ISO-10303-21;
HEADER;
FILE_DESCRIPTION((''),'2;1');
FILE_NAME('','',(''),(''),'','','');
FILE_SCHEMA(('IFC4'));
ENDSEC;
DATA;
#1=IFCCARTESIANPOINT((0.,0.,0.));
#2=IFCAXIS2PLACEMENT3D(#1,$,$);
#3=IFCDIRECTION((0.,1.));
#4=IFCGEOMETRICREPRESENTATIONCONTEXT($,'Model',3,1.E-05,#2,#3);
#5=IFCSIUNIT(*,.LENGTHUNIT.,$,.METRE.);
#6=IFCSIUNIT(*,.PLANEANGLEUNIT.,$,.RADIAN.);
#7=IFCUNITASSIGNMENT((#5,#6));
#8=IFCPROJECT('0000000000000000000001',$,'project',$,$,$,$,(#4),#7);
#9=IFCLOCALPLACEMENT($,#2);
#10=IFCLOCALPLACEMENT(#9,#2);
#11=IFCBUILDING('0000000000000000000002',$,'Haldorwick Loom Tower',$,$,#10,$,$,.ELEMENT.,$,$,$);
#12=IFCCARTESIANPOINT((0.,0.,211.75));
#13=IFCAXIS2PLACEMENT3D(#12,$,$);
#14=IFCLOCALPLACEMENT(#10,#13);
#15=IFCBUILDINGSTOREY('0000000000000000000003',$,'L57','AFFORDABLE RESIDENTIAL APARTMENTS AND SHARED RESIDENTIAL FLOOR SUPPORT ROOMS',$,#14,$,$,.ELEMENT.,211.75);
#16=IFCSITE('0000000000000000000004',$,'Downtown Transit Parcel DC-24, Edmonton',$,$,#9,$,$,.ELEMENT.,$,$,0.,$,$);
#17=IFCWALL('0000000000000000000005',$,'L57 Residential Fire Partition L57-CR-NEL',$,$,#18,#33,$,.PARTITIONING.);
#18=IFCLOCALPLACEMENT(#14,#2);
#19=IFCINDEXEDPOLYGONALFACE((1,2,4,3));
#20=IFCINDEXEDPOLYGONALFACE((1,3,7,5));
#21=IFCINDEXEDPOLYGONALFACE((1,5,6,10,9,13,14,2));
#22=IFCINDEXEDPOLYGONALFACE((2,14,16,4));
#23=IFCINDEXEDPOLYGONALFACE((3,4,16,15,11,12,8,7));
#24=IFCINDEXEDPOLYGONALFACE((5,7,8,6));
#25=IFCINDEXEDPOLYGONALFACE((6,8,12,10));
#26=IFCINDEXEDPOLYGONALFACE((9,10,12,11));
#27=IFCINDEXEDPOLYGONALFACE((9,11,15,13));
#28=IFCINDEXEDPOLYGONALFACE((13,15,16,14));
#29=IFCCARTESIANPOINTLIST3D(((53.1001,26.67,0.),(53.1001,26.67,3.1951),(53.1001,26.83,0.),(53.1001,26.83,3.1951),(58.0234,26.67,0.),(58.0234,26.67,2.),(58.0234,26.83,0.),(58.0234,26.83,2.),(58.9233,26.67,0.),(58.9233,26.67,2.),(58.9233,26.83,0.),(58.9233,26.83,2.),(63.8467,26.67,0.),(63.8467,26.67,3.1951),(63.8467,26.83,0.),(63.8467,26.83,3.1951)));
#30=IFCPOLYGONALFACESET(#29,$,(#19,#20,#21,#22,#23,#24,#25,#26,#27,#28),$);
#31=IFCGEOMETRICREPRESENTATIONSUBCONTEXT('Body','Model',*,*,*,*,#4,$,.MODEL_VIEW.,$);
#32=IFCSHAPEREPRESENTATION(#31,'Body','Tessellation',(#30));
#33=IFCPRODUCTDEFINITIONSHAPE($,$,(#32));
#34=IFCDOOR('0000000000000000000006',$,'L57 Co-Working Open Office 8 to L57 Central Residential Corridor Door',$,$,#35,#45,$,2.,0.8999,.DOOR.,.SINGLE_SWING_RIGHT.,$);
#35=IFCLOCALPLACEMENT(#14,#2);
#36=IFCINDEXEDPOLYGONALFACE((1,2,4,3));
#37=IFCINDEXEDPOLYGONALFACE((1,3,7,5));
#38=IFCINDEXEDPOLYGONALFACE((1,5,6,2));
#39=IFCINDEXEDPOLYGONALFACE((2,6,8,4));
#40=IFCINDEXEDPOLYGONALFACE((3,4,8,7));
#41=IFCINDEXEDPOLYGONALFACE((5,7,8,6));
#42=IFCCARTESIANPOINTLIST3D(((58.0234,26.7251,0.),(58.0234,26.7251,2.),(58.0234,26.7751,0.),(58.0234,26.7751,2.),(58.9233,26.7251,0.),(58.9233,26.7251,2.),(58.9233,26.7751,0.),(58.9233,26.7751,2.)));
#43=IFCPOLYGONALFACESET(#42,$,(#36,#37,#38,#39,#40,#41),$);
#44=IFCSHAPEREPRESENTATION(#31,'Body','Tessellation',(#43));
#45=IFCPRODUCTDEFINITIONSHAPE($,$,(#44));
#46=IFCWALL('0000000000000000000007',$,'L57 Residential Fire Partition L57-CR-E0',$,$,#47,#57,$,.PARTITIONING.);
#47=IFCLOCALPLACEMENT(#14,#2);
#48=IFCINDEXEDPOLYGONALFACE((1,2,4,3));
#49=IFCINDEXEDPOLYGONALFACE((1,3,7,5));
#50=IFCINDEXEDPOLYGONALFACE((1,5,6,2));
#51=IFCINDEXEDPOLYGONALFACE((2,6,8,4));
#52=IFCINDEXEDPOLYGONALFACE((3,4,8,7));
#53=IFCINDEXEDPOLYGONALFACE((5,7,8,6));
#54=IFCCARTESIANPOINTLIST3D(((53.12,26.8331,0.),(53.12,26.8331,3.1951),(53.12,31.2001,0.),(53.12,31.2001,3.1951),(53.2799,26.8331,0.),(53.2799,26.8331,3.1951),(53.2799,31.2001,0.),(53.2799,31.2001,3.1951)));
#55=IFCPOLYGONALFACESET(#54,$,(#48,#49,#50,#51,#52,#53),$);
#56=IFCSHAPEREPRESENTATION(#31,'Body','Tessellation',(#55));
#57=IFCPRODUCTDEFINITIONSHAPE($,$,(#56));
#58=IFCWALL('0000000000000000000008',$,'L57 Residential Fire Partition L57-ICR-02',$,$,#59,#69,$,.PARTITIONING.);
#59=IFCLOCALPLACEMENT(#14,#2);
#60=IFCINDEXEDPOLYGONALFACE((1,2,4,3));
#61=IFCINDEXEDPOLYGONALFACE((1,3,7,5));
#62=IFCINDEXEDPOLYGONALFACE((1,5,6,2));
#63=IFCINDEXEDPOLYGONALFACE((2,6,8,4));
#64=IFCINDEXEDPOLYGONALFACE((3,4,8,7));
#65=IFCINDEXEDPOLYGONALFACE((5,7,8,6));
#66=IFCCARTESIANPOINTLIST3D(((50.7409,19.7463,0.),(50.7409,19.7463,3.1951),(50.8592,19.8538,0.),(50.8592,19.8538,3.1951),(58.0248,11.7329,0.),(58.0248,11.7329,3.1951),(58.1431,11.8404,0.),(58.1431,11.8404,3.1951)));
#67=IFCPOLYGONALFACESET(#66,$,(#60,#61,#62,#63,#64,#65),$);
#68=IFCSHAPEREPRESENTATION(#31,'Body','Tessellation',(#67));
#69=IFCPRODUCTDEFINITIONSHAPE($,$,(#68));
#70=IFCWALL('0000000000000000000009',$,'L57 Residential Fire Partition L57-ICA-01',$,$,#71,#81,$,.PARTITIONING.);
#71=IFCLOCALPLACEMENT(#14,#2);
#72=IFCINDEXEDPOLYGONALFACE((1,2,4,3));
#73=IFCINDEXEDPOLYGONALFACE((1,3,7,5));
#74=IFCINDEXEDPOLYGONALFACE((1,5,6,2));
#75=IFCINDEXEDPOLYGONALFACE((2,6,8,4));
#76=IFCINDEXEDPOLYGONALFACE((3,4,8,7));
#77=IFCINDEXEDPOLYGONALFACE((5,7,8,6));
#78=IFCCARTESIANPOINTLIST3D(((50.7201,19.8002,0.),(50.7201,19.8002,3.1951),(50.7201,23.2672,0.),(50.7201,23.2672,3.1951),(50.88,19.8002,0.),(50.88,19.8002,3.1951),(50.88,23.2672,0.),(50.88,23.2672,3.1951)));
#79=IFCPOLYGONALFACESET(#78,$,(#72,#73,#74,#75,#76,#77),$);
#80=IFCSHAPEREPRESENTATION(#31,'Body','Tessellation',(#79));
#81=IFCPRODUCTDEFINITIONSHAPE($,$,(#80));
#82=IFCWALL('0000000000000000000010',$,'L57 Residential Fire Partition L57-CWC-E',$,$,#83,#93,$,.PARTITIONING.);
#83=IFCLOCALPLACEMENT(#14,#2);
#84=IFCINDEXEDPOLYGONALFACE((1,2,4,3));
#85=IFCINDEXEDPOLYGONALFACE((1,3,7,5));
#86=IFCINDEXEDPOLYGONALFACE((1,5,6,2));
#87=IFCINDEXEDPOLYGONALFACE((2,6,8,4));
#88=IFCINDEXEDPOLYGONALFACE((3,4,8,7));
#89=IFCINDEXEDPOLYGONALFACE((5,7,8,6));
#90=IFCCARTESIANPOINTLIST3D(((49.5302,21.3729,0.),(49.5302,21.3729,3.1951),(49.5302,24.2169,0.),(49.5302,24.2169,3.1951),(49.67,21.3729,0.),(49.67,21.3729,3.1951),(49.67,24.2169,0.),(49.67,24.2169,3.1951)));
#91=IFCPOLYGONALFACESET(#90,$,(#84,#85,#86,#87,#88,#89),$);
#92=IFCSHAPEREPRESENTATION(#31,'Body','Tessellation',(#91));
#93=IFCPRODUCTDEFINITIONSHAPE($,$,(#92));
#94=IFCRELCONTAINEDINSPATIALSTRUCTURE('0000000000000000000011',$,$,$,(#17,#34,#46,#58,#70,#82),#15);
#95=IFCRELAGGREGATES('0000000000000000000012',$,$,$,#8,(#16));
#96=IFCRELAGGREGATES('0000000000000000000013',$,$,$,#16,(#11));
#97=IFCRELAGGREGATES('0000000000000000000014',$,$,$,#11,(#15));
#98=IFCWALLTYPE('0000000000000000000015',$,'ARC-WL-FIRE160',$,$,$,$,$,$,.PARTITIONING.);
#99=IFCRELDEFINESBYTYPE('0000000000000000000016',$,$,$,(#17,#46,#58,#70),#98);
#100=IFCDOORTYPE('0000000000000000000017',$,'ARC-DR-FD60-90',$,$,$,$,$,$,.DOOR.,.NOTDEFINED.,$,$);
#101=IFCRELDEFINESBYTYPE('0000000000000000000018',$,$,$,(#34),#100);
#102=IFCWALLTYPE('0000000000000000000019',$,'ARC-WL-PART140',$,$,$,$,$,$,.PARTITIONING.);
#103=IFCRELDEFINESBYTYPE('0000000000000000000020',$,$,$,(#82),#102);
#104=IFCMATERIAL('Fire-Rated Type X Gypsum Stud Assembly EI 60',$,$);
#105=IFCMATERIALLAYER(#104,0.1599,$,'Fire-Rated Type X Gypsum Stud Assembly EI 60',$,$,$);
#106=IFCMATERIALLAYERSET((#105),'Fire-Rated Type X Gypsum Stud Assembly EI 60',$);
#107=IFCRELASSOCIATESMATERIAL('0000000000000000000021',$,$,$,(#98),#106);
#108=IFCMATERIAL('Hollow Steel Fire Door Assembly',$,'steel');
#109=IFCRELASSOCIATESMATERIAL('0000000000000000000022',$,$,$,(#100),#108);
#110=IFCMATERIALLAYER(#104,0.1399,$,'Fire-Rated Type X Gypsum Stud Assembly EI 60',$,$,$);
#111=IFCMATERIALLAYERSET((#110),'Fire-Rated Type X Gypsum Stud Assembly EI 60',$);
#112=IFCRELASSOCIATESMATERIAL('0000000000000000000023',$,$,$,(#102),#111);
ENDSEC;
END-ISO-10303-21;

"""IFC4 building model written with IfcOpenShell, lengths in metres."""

from ifc_helpers import new_model, si_unit, direction, frame, frame_2d, origin, place, context, subcontext, project, spatial, rectangle, extrude, material, layer, layer_set, type_object, element, fill, save


model = new_model("IFC4")

# Units and contexts
model_context = context("Model", 3, precision=1e-05, world=origin(), true_north=direction((0.0, 1.0)))
body_context = subcontext(model_context, "Body", "Model", "MODEL_VIEW")
ifc_project = project(units=[si_unit("LENGTHUNIT", "METRE"), si_unit("PLANEANGLEUNIT", "RADIAN")], contexts=[model_context])

# Site, building, storey
site_placement = place(None, origin())
site = spatial("IfcSite", under=ifc_project, at=site_placement, Name="Downtown Transit Parcel DC-24, Edmonton", CompositionType="ELEMENT", RefElevation=0.0)
building_placement = place(site_placement, origin())
building = spatial("IfcBuilding", under=site, at=building_placement, Name="Haldorwick Loom Tower", CompositionType="ELEMENT")
storey_placement = place(building_placement, frame((0.0, 0.0, 211.75)))
storey = spatial("IfcBuildingStorey", under=building, at=storey_placement, Name="L57", Description="AFFORDABLE RESIDENTIAL APARTMENTS AND SHARED RESIDENTIAL FLOOR SUPPORT ROOMS", CompositionType="ELEMENT", Elevation=211.75)

# Shared definitions
ifc_material_1 = material(Name="Fire-Rated Type X Gypsum Stud Assembly EI 60")
ifc_layer_1 = layer(ifc_material_1, 0.1599, Name="Fire-Rated Type X Gypsum Stud Assembly EI 60")
ifc_layer_set_1 = layer_set([ifc_layer_1], Name="Fire-Rated Type X Gypsum Stud Assembly EI 60")
wall_type_1 = type_object("IfcWallType", Name="ARC-WL-FIRE160", PredefinedType="PARTITIONING", material=ifc_layer_set_1)
ifc_material_2 = material(Name="Hollow Steel Fire Door Assembly", Category="steel")
door_type_1 = type_object("IfcDoorType", Name="ARC-DR-FD60-90", OperationType="NOTDEFINED", PredefinedType="DOOR", material=ifc_material_2)

# Wall, opening, door
wall_1_placement = place(storey_placement, frame((53.1001, 26.75, 0.0), z_axis=(0.0, 0.0, 1.0), x_axis=(1.0, 0.0, 0.0)))
wall_1 = element("IfcWall", 1, at=wall_1_placement, inside=storey, type_object=wall_type_1, Name="L57 Residential Fire Partition L57-CR-NEL", PredefinedType="PARTITIONING", context=body_context, shape_type="SweptSolid", body=[
    extrude(rectangle(XDim=10.7466, YDim=0.1599, at=frame_2d((5.3733, 0.0))), origin(), (0.0, 0.0, 1.0), 3.1951),
])
opening_1_placement = place(wall_1_placement, frame((4.9233, 0.0, 0.0)))
opening_1 = element("IfcOpeningElement", 2, at=opening_1_placement, cuts=wall_1, PredefinedType="OPENING", context=body_context, shape_type="SweptSolid", body=[
    extrude(rectangle(XDim=0.8999, YDim=2.0, at=frame_2d((0.45, 1.0))), frame((0.0, 0.0898, 0.0), z_axis=(0.0, -1.0, 0.0), x_axis=(1.0, 0.0, 0.0)), (0.0, 0.0, 1.0), 0.1799),
])
door_1_placement = place(opening_1_placement, frame((0.8999, 0.0, 0.0), z_axis=(0.0, 0.0, 1.0), x_axis=(-1.0, 0.0, 0.0)))
door_1 = element("IfcDoor", 3, at=door_1_placement, inside=storey, type_object=door_type_1, Name="L57 Co-Working Open Office 8 to L57 Central Residential Corridor Door", OperationType="SINGLE_SWING_RIGHT", OverallHeight=2.0, OverallWidth=0.8999, PredefinedType="DOOR", context=body_context, shape_type="SweptSolid", body=[
    extrude(rectangle(XDim=0.8999, YDim=2.0, at=frame_2d((0.45, 1.0))), frame((0.0, 0.0249, 0.0), z_axis=(0.0, -1.0, 0.0), x_axis=(1.0, 0.0, 0.0)), (0.0, 0.0, 1.0), 0.05),
])
fill(opening_1, door_1)

# Walls
wall_2_placement = place(storey_placement, frame((53.2, 26.833, 0.0), z_axis=(0.0, 0.0, 1.0), x_axis=(0.0, 1.0, 0.0)))
element("IfcWall", 4, at=wall_2_placement, inside=storey, type_object=wall_type_1, Name="L57 Residential Fire Partition L57-CR-E0", PredefinedType="PARTITIONING", context=body_context, shape_type="SweptSolid", body=[
    extrude(rectangle(XDim=4.3669, YDim=0.1599, at=frame_2d((2.1836, 0.0))), origin(), (0.0, 0.0, 1.0), 3.1951),
])
wall_3_placement = place(storey_placement, frame((50.8, 19.8, 0.0), z_axis=(0.0, 0.0, 1.0), x_axis=(0.672622, -0.739986, 0.0)))
element("IfcWall", 5, at=wall_3_placement, inside=storey, type_object=wall_type_1, Name="L57 Residential Fire Partition L57-ICR-02", PredefinedType="PARTITIONING", context=body_context, shape_type="SweptSolid", body=[
    extrude(rectangle(XDim=10.8291, YDim=0.1599, at=frame_2d((5.4146, 0.0))), origin(), (0.0, 0.0, 1.0), 3.1951),
])
wall_4_placement = place(storey_placement, frame((50.8, 23.2671, 0.0), z_axis=(0.0, 0.0, 1.0), x_axis=(0.0, -1.0, 0.0)))
element("IfcWall", 6, at=wall_4_placement, inside=storey, type_object=wall_type_1, Name="L57 Residential Fire Partition L57-ICA-01", PredefinedType="PARTITIONING", context=body_context, shape_type="SweptSolid", body=[
    extrude(rectangle(XDim=3.467, YDim=0.1599, at=frame_2d((1.7334, 0.0))), origin(), (0.0, 0.0, 1.0), 3.1951),
])
ifc_layer_2 = layer(ifc_material_1, 0.1399, Name="Fire-Rated Type X Gypsum Stud Assembly EI 60")
ifc_layer_set_2 = layer_set([ifc_layer_2], Name="Fire-Rated Type X Gypsum Stud Assembly EI 60")
wall_type_2 = type_object("IfcWallType", Name="ARC-WL-PART140", PredefinedType="PARTITIONING", material=ifc_layer_set_2)
wall_5_placement = place(storey_placement, frame((49.6001, 21.373, 0.0), z_axis=(0.0, 0.0, 1.0), x_axis=(0.0, 1.0, 0.0)))
element("IfcWall", 7, at=wall_5_placement, inside=storey, type_object=wall_type_2, Name="L57 Residential Fire Partition L57-CWC-E", PredefinedType="PARTITIONING", context=body_context, shape_type="SweptSolid", body=[
    extrude(rectangle(XDim=2.844, YDim=0.1399, at=frame_2d((1.4219, 0.0))), origin(), (0.0, 0.0, 1.0), 3.1951),
])

save(model, "model.ifc")
